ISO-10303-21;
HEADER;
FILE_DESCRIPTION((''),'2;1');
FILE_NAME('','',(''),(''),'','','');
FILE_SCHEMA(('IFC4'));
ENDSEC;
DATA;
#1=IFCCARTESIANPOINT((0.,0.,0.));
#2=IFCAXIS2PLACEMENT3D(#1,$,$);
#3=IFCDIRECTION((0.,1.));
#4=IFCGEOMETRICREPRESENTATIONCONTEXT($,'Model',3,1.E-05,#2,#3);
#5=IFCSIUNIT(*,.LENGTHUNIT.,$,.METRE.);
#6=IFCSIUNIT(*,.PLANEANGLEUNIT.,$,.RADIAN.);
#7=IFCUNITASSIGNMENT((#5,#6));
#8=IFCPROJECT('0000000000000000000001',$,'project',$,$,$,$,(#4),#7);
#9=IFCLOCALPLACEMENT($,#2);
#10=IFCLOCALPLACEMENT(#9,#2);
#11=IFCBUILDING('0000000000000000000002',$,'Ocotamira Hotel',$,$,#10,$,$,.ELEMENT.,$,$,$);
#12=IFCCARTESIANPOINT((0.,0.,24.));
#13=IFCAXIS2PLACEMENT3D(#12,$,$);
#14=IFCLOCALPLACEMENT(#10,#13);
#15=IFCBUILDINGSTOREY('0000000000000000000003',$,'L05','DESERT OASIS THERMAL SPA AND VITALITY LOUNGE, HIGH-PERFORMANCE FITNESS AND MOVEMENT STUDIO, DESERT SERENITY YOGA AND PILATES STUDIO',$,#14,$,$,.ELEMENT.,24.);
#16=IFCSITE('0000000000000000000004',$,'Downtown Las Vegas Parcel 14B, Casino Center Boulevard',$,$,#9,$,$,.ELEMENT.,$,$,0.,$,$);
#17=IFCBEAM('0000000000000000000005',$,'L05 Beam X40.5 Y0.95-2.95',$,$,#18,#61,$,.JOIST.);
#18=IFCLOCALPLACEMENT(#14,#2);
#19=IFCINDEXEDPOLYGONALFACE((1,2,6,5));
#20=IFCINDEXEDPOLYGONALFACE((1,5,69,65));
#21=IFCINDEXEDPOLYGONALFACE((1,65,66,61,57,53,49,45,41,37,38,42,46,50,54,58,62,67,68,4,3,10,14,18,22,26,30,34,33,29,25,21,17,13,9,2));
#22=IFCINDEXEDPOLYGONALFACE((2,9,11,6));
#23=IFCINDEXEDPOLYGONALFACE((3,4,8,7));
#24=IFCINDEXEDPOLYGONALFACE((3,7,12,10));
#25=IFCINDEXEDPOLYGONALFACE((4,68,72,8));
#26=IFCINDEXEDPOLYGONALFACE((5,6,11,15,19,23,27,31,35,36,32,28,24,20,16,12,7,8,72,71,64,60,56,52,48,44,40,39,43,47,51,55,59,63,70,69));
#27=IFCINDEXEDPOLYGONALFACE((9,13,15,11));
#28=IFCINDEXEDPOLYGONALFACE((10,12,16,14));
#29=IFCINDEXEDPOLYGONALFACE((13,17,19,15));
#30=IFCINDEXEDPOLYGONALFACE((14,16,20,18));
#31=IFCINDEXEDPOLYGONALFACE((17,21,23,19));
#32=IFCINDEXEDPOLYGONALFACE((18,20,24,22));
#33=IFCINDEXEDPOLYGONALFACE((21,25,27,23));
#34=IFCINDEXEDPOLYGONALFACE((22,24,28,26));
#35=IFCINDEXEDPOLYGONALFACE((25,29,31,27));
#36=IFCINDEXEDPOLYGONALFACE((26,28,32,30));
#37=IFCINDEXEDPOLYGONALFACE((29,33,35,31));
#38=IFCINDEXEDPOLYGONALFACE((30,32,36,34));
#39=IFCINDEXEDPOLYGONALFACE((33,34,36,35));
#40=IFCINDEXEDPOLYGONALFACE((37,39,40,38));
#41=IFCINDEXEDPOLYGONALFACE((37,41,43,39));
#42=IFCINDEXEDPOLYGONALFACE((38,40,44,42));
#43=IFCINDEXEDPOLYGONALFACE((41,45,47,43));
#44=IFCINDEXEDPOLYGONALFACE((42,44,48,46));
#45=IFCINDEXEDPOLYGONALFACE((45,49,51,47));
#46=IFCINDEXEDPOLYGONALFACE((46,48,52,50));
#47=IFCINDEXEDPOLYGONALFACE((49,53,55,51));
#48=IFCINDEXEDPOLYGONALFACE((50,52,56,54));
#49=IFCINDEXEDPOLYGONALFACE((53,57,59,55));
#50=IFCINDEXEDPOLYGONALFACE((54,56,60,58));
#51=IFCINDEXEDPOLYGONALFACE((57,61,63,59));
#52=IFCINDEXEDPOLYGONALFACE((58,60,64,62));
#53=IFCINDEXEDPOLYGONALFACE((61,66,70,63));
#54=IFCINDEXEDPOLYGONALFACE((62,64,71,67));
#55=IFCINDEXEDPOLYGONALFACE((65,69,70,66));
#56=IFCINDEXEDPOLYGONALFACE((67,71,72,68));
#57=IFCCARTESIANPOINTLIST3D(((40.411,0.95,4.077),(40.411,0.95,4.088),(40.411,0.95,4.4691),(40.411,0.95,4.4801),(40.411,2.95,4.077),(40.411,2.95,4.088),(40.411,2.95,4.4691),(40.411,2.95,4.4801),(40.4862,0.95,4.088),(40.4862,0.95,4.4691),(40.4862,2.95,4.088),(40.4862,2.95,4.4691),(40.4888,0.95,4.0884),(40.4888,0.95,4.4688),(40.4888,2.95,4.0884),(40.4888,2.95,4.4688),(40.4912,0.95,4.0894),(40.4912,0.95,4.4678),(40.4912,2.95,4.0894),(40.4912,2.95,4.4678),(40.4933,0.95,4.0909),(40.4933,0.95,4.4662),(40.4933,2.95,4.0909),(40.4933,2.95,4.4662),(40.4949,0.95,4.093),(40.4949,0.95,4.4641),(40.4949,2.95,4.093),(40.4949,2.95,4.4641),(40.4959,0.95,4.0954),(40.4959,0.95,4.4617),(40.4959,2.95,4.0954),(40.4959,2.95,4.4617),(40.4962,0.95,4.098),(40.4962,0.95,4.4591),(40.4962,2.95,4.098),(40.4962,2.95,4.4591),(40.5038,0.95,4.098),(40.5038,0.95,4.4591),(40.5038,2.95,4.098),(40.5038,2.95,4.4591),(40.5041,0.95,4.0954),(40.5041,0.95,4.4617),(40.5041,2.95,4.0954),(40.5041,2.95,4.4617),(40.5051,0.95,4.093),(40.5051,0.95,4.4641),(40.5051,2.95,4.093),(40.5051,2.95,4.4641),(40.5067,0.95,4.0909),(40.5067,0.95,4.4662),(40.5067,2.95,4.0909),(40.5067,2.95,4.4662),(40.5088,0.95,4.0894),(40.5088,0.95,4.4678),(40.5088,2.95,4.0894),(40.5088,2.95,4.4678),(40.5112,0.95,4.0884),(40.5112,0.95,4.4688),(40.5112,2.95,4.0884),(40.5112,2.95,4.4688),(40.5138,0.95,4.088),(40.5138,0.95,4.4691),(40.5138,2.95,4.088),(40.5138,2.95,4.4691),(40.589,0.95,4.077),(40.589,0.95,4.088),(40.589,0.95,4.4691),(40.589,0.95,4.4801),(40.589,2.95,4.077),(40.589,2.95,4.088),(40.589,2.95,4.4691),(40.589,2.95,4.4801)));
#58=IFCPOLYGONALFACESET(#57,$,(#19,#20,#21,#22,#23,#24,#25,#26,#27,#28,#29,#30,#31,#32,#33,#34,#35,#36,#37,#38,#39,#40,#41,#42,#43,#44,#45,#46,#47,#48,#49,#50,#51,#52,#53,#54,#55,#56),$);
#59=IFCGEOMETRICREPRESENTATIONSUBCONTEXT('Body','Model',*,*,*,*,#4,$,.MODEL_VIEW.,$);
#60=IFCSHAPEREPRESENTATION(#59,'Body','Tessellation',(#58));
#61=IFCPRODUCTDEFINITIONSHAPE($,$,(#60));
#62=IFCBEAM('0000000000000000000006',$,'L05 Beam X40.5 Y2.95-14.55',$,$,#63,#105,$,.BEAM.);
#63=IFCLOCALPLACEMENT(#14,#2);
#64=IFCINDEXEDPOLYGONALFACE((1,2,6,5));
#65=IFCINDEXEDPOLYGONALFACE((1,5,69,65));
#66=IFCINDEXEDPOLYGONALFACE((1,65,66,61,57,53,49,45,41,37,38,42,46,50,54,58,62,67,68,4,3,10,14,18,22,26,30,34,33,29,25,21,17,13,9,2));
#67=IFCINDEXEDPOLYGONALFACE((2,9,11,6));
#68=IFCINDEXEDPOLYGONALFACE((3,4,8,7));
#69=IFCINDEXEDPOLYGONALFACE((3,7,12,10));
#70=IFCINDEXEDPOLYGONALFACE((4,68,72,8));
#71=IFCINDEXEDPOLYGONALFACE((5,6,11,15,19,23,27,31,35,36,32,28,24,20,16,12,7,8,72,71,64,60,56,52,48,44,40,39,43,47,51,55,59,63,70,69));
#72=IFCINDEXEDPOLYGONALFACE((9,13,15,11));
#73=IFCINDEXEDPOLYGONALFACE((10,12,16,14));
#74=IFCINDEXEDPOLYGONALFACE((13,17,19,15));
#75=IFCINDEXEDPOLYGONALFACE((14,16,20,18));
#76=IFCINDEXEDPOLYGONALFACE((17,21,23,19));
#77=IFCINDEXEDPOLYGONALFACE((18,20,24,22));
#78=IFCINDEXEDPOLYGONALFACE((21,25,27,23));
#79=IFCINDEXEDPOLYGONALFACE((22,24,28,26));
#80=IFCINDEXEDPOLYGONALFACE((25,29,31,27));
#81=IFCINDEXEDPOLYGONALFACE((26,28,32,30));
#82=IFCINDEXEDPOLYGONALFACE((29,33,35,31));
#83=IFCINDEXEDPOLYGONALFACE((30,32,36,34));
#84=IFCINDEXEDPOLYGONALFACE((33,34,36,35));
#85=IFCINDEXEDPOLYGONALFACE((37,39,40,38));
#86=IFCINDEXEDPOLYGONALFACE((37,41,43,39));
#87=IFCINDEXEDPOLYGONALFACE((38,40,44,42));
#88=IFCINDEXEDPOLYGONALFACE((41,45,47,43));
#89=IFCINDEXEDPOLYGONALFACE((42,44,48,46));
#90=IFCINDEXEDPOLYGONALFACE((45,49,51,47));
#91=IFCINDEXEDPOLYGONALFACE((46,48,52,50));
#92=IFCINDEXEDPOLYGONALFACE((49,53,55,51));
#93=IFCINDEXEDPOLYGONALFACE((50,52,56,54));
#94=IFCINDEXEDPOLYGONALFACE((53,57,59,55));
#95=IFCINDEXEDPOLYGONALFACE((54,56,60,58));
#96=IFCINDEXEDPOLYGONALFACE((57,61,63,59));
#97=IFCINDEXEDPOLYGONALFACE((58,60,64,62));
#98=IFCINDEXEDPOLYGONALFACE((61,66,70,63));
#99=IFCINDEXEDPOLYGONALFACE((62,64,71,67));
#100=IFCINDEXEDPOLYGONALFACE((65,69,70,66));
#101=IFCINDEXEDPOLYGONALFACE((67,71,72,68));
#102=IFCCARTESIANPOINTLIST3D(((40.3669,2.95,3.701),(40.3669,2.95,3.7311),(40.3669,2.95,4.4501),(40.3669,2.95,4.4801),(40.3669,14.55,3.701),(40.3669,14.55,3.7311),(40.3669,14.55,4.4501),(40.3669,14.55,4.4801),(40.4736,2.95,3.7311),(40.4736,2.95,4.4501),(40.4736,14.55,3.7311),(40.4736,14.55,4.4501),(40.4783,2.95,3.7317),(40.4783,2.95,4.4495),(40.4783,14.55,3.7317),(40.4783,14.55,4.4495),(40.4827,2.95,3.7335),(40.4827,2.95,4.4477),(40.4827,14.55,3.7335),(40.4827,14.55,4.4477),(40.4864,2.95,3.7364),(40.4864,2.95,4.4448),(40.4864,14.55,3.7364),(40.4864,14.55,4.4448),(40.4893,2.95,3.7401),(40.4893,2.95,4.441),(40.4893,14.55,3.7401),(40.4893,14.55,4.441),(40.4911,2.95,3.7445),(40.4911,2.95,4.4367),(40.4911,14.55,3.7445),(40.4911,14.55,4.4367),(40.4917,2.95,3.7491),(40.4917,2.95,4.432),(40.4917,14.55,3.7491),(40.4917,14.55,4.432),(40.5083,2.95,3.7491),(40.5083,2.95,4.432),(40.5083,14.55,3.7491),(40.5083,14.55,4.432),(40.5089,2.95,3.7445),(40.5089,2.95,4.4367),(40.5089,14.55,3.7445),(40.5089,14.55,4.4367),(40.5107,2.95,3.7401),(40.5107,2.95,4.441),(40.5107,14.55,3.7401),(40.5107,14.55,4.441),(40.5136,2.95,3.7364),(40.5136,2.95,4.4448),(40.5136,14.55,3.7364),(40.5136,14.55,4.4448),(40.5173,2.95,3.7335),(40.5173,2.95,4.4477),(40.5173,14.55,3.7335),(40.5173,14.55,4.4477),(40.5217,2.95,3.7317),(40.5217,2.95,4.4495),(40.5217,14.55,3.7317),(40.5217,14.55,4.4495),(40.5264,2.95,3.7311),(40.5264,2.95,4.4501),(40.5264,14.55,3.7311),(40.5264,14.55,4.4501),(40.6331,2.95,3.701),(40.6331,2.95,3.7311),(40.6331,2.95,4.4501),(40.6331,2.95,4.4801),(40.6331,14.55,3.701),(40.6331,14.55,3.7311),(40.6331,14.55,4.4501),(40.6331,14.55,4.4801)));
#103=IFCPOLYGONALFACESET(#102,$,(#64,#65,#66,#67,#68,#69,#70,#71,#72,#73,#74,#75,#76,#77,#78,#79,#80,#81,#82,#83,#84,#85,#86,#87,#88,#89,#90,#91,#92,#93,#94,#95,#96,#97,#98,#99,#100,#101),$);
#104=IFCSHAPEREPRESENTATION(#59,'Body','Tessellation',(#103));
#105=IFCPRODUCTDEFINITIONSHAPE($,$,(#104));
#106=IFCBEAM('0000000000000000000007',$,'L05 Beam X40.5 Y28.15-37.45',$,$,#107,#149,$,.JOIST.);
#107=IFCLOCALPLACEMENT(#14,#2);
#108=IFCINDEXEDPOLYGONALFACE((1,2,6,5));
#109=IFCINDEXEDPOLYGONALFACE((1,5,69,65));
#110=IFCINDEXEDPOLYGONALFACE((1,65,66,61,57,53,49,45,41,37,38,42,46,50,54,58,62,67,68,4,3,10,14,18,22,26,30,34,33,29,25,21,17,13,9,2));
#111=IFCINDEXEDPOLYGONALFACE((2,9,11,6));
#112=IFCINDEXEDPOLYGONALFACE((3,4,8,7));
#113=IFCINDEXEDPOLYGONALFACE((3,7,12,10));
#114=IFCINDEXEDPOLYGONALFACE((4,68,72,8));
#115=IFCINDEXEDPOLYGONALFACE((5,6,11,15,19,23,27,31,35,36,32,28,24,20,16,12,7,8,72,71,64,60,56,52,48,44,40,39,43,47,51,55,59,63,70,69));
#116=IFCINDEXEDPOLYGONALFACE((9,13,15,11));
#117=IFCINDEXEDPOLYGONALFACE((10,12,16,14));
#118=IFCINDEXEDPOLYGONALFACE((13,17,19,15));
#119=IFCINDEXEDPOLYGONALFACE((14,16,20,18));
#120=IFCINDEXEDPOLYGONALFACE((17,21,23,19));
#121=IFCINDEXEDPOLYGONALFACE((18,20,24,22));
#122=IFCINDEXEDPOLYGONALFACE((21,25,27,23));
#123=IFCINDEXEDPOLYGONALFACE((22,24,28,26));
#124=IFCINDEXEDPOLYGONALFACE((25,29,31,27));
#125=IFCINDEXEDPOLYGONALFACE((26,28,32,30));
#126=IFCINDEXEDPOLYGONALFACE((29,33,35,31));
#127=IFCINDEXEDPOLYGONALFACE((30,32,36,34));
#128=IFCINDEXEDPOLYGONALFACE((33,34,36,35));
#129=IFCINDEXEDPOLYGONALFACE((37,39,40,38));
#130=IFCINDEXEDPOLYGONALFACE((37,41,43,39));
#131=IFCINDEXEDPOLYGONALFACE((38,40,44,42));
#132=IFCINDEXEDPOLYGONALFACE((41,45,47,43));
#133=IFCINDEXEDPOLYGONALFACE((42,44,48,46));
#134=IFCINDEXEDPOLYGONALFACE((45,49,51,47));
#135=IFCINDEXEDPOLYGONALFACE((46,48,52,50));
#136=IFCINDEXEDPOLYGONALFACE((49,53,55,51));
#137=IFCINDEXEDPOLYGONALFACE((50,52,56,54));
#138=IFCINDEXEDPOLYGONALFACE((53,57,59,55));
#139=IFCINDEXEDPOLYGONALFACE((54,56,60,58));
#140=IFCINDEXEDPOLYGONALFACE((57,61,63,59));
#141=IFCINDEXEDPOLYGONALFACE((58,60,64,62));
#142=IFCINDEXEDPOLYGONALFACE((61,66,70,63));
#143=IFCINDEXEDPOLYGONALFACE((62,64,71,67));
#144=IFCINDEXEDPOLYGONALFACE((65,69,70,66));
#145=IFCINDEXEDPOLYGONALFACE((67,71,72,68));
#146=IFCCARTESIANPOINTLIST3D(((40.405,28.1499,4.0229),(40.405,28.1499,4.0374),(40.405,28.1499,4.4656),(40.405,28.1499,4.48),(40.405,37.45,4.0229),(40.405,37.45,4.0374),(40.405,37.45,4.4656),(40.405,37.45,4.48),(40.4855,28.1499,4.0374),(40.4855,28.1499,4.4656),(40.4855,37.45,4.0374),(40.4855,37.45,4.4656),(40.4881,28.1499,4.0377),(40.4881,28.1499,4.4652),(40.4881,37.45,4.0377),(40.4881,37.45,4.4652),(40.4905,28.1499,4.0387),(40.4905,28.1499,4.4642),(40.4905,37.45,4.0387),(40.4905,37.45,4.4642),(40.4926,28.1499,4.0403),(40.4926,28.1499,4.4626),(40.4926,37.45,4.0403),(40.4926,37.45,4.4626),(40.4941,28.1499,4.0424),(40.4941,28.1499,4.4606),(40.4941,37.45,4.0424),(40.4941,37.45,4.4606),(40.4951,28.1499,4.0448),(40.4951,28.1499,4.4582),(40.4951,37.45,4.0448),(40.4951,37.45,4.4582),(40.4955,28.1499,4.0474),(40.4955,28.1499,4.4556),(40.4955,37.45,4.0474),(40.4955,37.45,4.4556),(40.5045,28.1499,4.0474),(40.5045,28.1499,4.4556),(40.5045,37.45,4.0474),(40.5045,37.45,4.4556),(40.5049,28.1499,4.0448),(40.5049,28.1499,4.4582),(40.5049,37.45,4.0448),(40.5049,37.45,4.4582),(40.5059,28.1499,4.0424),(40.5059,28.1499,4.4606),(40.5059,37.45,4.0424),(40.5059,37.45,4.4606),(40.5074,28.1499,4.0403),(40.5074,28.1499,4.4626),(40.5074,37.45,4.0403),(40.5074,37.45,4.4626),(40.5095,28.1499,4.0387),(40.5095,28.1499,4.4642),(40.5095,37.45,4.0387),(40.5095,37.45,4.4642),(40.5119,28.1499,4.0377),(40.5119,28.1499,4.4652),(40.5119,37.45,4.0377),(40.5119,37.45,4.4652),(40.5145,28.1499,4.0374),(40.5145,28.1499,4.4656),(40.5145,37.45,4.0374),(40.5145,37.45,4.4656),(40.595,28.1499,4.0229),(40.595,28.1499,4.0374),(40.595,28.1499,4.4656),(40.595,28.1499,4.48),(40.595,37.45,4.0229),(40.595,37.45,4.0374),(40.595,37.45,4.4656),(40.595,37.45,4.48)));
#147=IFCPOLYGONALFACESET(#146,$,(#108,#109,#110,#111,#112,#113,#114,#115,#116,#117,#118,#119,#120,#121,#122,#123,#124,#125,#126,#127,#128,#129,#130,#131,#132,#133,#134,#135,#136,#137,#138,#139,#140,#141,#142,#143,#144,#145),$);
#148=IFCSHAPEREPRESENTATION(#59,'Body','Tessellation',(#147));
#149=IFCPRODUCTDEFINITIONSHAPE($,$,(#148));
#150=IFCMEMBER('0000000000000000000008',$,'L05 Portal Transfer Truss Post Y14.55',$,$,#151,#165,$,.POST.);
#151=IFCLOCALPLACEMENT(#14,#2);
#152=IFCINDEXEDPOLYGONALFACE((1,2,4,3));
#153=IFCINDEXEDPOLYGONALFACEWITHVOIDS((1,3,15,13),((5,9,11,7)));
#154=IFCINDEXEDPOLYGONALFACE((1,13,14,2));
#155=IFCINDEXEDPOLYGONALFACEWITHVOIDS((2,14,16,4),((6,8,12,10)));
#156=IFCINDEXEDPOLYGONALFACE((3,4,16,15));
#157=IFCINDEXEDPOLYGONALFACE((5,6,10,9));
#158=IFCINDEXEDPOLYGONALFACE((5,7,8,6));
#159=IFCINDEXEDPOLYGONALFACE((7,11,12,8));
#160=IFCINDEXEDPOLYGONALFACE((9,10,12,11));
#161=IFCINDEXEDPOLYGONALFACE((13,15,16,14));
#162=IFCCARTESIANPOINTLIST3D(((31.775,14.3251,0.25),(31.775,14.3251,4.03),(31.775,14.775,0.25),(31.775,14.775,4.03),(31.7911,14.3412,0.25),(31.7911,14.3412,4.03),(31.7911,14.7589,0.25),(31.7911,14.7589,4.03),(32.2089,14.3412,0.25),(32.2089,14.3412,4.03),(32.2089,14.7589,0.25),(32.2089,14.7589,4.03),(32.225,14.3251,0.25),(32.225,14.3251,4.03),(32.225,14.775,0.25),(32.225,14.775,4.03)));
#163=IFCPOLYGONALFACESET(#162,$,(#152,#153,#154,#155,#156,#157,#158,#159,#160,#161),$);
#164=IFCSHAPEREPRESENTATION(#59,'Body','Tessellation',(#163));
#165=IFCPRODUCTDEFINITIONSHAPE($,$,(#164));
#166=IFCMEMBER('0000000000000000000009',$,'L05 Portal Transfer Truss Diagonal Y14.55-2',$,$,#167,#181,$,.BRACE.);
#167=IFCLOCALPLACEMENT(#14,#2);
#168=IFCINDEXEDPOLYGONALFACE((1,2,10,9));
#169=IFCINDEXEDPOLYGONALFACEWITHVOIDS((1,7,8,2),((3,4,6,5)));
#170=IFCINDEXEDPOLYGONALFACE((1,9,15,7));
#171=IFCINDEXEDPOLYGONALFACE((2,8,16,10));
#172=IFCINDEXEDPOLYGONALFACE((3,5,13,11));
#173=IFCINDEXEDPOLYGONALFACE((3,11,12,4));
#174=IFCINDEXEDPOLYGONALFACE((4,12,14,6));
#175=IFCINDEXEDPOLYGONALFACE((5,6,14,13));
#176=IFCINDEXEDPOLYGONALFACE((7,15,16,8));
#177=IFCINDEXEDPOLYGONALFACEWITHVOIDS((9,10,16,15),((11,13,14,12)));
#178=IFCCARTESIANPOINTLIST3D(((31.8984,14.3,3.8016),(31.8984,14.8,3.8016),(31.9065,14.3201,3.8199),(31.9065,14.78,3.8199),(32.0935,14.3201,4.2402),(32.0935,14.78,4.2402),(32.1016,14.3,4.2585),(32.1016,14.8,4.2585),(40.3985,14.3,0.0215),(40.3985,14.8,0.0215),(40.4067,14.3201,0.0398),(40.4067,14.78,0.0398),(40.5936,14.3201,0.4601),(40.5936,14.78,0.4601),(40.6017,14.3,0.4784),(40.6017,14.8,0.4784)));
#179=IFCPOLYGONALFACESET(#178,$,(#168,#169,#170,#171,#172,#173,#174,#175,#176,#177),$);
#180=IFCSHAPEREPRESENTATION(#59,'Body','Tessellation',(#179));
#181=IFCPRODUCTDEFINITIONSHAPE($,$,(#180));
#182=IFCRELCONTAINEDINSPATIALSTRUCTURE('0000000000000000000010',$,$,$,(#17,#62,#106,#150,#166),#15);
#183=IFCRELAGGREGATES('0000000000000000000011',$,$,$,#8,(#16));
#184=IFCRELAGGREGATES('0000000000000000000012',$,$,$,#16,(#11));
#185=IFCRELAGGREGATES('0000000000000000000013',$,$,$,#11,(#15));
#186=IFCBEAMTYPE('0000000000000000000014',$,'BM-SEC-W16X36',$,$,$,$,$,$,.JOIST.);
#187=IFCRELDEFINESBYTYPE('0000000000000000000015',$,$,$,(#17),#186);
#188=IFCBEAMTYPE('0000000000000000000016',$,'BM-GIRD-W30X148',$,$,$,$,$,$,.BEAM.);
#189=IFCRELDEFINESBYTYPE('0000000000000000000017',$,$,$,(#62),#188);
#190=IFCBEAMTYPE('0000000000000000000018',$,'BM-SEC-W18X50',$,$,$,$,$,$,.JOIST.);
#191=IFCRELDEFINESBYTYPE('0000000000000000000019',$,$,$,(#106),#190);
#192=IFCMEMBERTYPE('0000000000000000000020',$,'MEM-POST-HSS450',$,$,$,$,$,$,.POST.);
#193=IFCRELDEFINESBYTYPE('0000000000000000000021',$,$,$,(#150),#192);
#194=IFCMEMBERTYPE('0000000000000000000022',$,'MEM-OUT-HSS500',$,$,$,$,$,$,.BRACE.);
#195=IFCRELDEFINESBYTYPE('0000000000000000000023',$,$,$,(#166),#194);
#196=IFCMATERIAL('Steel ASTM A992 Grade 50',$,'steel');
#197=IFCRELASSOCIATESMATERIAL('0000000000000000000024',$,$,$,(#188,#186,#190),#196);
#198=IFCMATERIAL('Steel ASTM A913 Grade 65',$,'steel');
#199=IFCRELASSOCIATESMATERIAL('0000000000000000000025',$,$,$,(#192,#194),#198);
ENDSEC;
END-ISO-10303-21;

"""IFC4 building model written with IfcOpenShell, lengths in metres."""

from ifc_helpers import new_model, si_unit, direction, frame, origin, origin_2d, place, context, subcontext, project, spatial, hollow_rectangle, i_section, extrude, source, transform, mapped, material, material_profile, profile_set, type_object, element, save


model = new_model("IFC4")

# Units and contexts
model_context = context("Model", 3, precision=1e-05, world=origin(), true_north=direction((0.0, 1.0)))
body_context = subcontext(model_context, "Body", "Model", "MODEL_VIEW")
ifc_project = project(units=[si_unit("LENGTHUNIT", "METRE"), si_unit("PLANEANGLEUNIT", "RADIAN")], contexts=[model_context])

# Site, building, storey
site_placement = place(None, origin())
site = spatial("IfcSite", under=ifc_project, at=site_placement, Name="Downtown Las Vegas Parcel 14B, Casino Center Boulevard", CompositionType="ELEMENT", RefElevation=0.0)
building_placement = place(site_placement, origin())
building = spatial("IfcBuilding", under=site, at=building_placement, Name="Ocotamira Hotel", CompositionType="ELEMENT")
storey_placement = place(building_placement, frame((0.0, 0.0, 24.0)))
storey = spatial("IfcBuildingStorey", under=building, at=storey_placement, Name="L05", Description="DESERT OASIS THERMAL SPA AND VITALITY LOUNGE, HIGH-PERFORMANCE FITNESS AND MOVEMENT STUDIO, DESERT SERENITY YOGA AND PILATES STUDIO", CompositionType="ELEMENT", Elevation=24.0)

# Beams
ifc_material_1 = material(Name="Steel ASTM A992 Grade 50", Category="steel")
ifc_material_profile_1 = material_profile(ifc_material_1, i_section(OverallWidth=0.2661, OverallDepth=0.7791, WebThickness=0.0166, FlangeThickness=0.03, FilletRadius=0.0181, at=origin_2d()), Name="W30X148")
ifc_profile_set_1 = profile_set([ifc_material_profile_1], Name="Steel ASTM A992 Grade 50")
beam_type_1 = type_object("IfcBeamType", Name="BM-GIRD-W30X148", PredefinedType="BEAM", material=ifc_profile_set_1)
ifc_material_profile_2 = material_profile(ifc_material_1, i_section(OverallWidth=0.178, OverallDepth=0.4031, WebThickness=0.0076, FlangeThickness=0.011, FilletRadius=0.01, at=origin_2d()), Name="W16X36")
ifc_profile_set_2 = profile_set([ifc_material_profile_2], Name="Steel ASTM A992 Grade 50")
beam_type_2 = type_object("IfcBeamType", Name="BM-SEC-W16X36", PredefinedType="JOIST", material=ifc_profile_set_2)
shared_shape_1 = source(origin(), body_context, "Body", "SweptSolid", [
    extrude(i_section(OverallWidth=0.178, OverallDepth=0.4031, WebThickness=0.0076, FlangeThickness=0.011, FilletRadius=0.01, at=origin_2d()), origin(), (0.0, 0.0, 1.0), 2.0),
])
beam_1_placement = place(storey_placement, frame((40.5, 0.95, 4.2786), z_axis=(0.0, 1.0, 0.0), x_axis=(-1.0, 0.0, 0.0)))
element("IfcBeam", 1, at=beam_1_placement, inside=storey, type_object=beam_type_2, Name="L05 Beam X40.5 Y0.95-2.95", PredefinedType="JOIST", context=body_context, shape_type="MappedRepresentation", body=[
    mapped(shared_shape_1, transform((0.0, 0.0, 0.0), scale=1.0)),
])
shared_shape_2 = source(origin(), body_context, "Body", "SweptSolid", [
    extrude(i_section(OverallWidth=0.2661, OverallDepth=0.7791, WebThickness=0.0166, FlangeThickness=0.03, FilletRadius=0.0181, at=origin_2d()), origin(), (0.0, 0.0, 1.0), 11.6001),
])
beam_2_placement = place(storey_placement, frame((40.5, 2.95, 4.0906), z_axis=(0.0, 1.0, 0.0), x_axis=(-1.0, 0.0, 0.0)))
element("IfcBeam", 2, at=beam_2_placement, inside=storey, type_object=beam_type_1, Name="L05 Beam X40.5 Y2.95-14.55", PredefinedType="BEAM", context=body_context, shape_type="MappedRepresentation", body=[
    mapped(shared_shape_2, transform((0.0, 0.0, 0.0), scale=1.0)),
])
ifc_material_profile_3 = material_profile(ifc_material_1, i_section(OverallWidth=0.1899, OverallDepth=0.457, WebThickness=0.009, FlangeThickness=0.0144, FilletRadius=0.01, at=origin_2d()), Name="W18X50")
ifc_profile_set_3 = profile_set([ifc_material_profile_3], Name="Steel ASTM A992 Grade 50")
beam_type_3 = type_object("IfcBeamType", Name="BM-SEC-W18X50", PredefinedType="JOIST", material=ifc_profile_set_3)
shared_shape_3 = source(origin(), body_context, "Body", "SweptSolid", [
    extrude(i_section(OverallWidth=0.1899, OverallDepth=0.457, WebThickness=0.009, FlangeThickness=0.0144, FilletRadius=0.01, at=origin_2d()), origin(), (0.0, 0.0, 1.0), 9.3),
])
beam_3_placement = place(storey_placement, frame((40.5, 28.1499, 4.2515), z_axis=(0.0, 1.0, 0.0), x_axis=(-1.0, 0.0, 0.0)))
element("IfcBeam", 3, at=beam_3_placement, inside=storey, type_object=beam_type_3, Name="L05 Beam X40.5 Y28.15-37.45", PredefinedType="JOIST", context=body_context, shape_type="MappedRepresentation", body=[
    mapped(shared_shape_3, transform((0.0, 0.0, 0.0), scale=1.0)),
])

# Members
ifc_material_2 = material(Name="Steel ASTM A913 Grade 65", Category="steel")
ifc_material_profile_4 = material_profile(ifc_material_2, hollow_rectangle(XDim=0.45, YDim=0.45, WallThickness=0.0161, at=origin_2d()), Name="HSS450X450X16")
ifc_profile_set_4 = profile_set([ifc_material_profile_4], Name="Steel ASTM A913 Grade 65")
member_type_1 = type_object("IfcMemberType", Name="MEM-POST-HSS450", PredefinedType="POST", material=ifc_profile_set_4)
shared_shape_4 = source(origin(), body_context, "Body", "SweptSolid", [
    extrude(hollow_rectangle(XDim=0.45, YDim=0.45, WallThickness=0.0161, at=origin_2d()), origin(), (0.0, 0.0, 1.0), 3.78),
])
member_1_placement = place(storey_placement, frame((32.0, 14.55, 0.25), z_axis=(0.0, 0.0, 1.0), x_axis=(1.0, 0.0, 0.0)))
element("IfcMember", 4, at=member_1_placement, inside=storey, type_object=member_type_1, Name="L05 Portal Transfer Truss Post Y14.55", PredefinedType="POST", context=body_context, shape_type="MappedRepresentation", body=[
    mapped(shared_shape_4, transform((0.0, 0.0, 0.0), scale=1.0)),
])
ifc_material_profile_5 = material_profile(ifc_material_2, hollow_rectangle(XDim=0.5, YDim=0.5, WallThickness=0.02, at=origin_2d()), Name="HSS500X500X20")
ifc_profile_set_5 = profile_set([ifc_material_profile_5], Name="Steel ASTM A913 Grade 65")
member_type_2 = type_object("IfcMemberType", Name="MEM-OUT-HSS500", PredefinedType="BRACE", material=ifc_profile_set_5)
shared_shape_5 = source(origin(), body_context, "Body", "SweptSolid", [
    extrude(hollow_rectangle(XDim=0.5, YDim=0.5, WallThickness=0.02, at=origin_2d()), origin(), (0.0, 0.0, 1.0), 9.3027),
])
member_2_placement = place(storey_placement, frame((32.0, 14.55, 4.03), z_axis=(0.913722, 0.0, -0.406341), x_axis=(0.0, 1.0, 0.0)))
element("IfcMember", 5, at=member_2_placement, inside=storey, type_object=member_type_2, Name="L05 Portal Transfer Truss Diagonal Y14.55-2", PredefinedType="BRACE", context=body_context, shape_type="MappedRepresentation", body=[
    mapped(shared_shape_5, transform((0.0, 0.0, 0.0), scale=1.0)),
])

save(model, "model.ifc")
